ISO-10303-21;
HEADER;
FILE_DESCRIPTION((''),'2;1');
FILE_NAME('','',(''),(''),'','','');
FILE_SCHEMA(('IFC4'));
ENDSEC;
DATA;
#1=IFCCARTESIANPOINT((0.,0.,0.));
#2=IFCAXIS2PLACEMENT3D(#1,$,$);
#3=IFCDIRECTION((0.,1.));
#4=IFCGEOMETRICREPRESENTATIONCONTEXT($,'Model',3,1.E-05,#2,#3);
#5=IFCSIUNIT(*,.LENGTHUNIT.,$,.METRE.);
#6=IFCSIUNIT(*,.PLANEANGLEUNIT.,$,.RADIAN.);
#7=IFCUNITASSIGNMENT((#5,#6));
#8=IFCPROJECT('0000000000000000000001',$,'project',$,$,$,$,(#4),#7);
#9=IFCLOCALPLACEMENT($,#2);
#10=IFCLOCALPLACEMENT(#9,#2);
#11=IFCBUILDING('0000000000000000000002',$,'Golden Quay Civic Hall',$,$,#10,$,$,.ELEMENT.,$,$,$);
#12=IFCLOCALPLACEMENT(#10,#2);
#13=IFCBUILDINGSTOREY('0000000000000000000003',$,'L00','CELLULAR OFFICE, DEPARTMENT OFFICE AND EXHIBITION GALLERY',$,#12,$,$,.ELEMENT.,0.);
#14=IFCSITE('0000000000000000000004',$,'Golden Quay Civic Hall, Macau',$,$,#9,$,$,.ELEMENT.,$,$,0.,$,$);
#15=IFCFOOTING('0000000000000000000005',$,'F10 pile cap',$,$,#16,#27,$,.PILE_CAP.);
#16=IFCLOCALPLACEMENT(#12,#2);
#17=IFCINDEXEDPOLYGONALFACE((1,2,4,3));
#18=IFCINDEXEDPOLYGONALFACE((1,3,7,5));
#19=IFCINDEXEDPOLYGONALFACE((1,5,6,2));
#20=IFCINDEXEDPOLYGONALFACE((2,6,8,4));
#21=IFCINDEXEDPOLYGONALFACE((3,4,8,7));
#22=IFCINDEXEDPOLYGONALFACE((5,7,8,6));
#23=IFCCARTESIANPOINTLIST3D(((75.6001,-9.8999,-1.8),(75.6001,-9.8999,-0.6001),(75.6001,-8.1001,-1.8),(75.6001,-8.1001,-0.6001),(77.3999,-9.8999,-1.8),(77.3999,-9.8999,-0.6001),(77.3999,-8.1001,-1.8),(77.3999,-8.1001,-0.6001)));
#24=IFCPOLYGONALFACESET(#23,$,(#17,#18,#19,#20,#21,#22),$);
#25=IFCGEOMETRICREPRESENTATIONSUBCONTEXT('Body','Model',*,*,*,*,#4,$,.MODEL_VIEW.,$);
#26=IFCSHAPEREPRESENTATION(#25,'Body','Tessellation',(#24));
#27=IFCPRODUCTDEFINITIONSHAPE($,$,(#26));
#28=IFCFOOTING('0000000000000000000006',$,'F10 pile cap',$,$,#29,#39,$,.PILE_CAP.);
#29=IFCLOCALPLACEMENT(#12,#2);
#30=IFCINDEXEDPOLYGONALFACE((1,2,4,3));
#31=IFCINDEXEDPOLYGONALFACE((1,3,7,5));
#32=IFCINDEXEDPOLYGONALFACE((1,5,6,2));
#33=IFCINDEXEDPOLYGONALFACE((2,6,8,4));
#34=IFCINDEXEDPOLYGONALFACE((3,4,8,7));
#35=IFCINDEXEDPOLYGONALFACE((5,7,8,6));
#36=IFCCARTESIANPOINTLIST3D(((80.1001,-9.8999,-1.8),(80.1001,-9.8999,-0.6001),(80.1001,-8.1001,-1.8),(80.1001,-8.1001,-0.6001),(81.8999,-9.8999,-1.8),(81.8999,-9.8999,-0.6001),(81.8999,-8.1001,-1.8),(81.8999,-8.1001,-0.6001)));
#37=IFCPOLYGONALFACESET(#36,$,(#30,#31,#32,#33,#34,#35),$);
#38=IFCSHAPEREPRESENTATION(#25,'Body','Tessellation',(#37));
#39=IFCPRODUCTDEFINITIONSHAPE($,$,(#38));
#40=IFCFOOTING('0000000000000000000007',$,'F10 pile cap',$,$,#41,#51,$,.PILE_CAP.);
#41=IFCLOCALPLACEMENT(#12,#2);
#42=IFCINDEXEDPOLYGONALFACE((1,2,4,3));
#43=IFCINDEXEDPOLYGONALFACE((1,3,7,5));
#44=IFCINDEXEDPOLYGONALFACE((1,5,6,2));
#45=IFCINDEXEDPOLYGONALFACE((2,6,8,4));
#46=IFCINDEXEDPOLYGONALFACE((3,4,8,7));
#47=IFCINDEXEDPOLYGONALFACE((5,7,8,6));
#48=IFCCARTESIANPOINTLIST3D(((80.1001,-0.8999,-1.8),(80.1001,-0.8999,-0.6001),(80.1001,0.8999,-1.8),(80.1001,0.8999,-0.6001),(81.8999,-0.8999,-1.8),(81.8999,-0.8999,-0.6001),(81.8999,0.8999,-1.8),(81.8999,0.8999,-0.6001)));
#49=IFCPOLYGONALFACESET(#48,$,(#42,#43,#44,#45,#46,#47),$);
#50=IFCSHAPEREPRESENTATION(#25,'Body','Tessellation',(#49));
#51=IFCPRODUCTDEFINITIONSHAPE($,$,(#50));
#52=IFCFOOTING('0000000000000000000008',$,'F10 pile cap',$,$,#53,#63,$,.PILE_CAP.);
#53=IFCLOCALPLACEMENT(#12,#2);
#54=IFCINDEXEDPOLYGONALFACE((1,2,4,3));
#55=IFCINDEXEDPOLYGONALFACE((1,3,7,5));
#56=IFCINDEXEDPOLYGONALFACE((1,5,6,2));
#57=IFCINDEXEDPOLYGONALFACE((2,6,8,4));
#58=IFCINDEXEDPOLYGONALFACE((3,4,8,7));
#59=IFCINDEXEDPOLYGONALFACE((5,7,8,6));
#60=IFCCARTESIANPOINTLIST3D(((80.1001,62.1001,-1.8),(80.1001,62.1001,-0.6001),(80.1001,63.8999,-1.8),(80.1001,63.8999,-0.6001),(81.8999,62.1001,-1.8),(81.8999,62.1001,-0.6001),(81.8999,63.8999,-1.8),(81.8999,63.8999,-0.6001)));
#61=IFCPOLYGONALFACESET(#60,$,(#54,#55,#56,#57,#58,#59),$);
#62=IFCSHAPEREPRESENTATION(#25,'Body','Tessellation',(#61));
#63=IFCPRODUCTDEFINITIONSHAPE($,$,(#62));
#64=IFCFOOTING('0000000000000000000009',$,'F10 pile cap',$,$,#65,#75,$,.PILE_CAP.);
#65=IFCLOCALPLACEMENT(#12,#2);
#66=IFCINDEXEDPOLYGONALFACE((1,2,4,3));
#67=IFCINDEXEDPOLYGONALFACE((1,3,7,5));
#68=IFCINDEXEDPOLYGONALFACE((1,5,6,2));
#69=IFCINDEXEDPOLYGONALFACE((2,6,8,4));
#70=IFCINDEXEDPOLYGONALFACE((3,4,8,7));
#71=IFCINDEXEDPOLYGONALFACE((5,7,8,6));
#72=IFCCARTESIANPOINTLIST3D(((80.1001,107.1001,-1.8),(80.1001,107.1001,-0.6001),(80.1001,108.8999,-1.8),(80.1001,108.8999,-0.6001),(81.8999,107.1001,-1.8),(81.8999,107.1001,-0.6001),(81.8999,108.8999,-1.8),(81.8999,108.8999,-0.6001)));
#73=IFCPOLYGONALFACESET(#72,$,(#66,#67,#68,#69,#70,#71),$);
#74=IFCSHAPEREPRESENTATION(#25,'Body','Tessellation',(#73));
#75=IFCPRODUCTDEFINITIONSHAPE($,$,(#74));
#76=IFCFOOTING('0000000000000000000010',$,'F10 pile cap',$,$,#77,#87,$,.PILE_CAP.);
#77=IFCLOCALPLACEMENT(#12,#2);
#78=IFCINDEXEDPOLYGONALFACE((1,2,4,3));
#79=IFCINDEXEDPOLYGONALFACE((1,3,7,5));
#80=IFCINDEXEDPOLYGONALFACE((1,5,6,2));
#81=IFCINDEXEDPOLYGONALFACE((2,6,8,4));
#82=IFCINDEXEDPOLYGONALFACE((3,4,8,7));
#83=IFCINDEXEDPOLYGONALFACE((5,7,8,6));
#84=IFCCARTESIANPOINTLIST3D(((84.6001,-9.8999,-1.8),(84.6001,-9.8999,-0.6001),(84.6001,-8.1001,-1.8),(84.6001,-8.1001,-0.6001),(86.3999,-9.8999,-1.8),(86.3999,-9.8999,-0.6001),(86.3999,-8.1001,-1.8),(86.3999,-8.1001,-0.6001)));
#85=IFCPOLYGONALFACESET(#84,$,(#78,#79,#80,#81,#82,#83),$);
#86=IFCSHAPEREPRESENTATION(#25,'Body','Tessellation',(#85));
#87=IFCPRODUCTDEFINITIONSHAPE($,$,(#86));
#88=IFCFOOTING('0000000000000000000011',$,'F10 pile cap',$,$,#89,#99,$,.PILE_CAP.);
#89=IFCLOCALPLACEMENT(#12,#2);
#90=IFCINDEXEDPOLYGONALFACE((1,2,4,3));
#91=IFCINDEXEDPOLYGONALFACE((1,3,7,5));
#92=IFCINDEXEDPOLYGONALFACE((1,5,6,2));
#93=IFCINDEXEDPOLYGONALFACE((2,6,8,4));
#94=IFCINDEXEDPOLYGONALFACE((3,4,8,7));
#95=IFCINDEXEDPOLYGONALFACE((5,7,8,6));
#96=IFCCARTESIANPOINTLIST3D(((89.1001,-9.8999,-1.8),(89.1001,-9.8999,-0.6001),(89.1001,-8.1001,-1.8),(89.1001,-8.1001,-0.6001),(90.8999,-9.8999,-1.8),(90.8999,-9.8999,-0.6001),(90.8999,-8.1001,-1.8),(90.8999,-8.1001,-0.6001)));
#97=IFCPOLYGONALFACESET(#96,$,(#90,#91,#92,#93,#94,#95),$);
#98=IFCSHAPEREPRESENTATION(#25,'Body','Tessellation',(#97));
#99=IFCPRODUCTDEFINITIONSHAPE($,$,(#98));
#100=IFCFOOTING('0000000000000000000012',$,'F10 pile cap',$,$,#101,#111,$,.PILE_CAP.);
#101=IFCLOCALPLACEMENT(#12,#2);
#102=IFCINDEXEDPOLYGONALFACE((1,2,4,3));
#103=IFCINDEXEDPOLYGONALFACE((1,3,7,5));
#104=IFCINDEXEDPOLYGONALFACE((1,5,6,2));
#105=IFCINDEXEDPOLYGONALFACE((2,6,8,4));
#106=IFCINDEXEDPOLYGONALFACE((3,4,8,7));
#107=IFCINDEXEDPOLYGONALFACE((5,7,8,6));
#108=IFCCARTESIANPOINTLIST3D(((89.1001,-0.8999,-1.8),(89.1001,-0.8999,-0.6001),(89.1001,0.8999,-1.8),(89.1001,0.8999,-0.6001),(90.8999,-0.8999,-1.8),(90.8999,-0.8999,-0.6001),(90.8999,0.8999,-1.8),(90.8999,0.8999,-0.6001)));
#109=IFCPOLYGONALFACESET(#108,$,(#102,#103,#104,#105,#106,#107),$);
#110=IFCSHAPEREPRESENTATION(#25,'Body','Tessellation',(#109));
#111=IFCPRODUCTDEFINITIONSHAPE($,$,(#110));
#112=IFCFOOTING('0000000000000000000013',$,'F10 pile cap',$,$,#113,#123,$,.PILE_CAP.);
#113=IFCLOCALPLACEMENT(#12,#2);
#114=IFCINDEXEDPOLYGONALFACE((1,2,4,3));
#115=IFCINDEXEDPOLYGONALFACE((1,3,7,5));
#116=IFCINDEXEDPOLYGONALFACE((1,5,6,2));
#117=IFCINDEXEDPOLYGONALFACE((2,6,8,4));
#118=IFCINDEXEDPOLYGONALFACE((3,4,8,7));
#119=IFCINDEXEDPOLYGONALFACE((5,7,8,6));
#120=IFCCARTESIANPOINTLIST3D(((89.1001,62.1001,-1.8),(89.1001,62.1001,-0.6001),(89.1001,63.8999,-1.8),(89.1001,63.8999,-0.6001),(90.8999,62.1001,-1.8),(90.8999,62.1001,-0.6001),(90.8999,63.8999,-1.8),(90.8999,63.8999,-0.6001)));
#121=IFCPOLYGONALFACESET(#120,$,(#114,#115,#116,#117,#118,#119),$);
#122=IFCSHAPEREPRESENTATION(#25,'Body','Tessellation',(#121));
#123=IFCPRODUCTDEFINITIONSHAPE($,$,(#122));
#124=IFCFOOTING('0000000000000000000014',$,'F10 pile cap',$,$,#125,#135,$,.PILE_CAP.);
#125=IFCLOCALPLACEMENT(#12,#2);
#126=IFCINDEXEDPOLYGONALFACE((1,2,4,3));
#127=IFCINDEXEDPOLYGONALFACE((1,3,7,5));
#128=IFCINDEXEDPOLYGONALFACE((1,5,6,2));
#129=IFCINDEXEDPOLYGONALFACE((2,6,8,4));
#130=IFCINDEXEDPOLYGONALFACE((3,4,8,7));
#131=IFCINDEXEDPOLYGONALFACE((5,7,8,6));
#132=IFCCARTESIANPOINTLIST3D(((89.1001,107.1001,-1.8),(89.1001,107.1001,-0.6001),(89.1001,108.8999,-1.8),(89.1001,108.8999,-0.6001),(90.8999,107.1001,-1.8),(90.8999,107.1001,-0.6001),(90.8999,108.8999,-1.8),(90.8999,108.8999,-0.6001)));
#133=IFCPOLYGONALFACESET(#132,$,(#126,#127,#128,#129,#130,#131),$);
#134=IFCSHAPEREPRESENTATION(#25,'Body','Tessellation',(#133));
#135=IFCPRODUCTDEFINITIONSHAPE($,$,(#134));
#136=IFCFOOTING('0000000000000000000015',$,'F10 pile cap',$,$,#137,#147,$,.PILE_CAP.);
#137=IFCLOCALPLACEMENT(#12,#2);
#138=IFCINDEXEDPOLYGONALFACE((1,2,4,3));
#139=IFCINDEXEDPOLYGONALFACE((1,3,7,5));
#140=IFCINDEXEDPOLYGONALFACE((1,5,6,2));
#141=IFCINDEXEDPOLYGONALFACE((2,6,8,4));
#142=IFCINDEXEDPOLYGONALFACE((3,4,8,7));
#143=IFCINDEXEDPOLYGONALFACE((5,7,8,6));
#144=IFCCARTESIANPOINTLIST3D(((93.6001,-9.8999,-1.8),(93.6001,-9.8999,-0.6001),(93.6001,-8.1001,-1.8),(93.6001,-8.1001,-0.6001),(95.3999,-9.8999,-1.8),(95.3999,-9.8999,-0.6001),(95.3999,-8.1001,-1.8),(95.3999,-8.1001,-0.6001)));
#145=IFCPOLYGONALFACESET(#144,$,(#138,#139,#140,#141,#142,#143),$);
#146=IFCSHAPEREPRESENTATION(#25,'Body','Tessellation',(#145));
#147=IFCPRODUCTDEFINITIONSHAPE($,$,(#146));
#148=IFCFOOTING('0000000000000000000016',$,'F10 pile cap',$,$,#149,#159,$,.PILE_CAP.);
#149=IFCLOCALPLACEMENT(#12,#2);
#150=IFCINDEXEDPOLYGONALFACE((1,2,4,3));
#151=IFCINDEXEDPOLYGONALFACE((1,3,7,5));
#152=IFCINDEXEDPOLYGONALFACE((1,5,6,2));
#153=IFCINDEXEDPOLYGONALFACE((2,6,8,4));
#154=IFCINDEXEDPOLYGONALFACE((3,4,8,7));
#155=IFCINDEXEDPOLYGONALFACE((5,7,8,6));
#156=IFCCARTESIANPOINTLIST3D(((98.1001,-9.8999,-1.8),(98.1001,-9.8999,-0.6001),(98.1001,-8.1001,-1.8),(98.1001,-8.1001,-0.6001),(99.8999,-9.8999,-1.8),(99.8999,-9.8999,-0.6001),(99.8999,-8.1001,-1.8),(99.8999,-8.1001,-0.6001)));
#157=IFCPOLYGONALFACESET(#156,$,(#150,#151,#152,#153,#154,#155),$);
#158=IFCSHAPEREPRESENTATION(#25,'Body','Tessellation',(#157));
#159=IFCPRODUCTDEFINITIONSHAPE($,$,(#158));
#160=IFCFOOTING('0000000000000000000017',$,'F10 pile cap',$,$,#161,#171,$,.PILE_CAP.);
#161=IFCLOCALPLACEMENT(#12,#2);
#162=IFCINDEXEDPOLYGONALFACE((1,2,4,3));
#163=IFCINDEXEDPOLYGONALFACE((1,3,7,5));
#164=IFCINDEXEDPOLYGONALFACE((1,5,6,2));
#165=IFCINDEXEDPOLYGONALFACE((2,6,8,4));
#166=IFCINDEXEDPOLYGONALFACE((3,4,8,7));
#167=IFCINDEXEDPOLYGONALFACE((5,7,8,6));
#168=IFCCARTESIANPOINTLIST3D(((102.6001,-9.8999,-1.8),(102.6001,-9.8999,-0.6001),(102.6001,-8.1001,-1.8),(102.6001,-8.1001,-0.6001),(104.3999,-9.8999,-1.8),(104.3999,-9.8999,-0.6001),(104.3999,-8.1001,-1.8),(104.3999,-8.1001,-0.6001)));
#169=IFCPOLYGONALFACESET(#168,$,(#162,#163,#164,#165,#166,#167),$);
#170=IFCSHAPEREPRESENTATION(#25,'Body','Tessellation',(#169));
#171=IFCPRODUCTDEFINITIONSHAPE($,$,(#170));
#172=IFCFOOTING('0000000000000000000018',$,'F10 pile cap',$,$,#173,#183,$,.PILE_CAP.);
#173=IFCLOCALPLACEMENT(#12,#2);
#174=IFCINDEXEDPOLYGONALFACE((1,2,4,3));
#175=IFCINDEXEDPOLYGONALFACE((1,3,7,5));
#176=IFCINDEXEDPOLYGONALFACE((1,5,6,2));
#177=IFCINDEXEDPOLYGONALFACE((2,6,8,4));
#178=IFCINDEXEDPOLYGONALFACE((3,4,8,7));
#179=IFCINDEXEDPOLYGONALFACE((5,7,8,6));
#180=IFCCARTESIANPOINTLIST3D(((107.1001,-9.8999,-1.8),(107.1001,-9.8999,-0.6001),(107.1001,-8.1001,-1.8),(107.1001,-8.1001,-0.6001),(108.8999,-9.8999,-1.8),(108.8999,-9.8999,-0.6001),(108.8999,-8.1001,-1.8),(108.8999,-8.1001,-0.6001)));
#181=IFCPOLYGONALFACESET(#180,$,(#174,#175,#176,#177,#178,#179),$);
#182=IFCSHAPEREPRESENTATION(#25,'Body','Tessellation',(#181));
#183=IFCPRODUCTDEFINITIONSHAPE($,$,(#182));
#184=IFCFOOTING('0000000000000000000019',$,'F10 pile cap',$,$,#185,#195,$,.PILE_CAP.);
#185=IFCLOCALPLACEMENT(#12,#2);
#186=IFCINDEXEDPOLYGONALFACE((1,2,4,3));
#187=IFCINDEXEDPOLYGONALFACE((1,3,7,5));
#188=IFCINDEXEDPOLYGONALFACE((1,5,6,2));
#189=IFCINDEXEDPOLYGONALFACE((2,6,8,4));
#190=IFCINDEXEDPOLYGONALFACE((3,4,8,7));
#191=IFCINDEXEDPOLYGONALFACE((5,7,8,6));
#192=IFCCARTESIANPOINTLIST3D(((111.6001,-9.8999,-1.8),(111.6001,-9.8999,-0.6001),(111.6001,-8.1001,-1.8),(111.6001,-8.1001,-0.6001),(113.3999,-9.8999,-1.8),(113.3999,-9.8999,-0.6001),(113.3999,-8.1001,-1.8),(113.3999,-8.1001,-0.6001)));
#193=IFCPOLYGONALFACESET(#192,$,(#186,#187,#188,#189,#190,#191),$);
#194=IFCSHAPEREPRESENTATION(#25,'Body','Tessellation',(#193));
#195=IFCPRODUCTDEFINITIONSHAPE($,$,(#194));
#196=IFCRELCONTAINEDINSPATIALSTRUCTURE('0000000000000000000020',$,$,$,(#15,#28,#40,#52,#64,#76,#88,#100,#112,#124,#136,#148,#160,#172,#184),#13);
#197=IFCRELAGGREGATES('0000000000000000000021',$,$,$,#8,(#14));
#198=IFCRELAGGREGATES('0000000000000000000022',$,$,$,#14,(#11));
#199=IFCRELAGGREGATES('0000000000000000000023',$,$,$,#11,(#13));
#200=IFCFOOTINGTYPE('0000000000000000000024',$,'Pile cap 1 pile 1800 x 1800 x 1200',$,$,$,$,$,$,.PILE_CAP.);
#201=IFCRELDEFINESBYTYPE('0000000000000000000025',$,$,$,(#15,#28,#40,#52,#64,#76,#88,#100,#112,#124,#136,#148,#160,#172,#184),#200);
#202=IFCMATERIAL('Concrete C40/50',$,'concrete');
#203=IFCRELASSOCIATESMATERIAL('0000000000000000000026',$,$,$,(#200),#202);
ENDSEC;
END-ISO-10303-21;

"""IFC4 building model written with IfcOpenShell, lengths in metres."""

from ifc_helpers import new_model, si_unit, direction, frame, origin, place, context, subcontext, project, spatial, polyline, outline, extrude, material, type_object, element, save


model = new_model("IFC4")

# Units and contexts
model_context = context("Model", 3, precision=1e-05, world=origin(), true_north=direction((0.0, 1.0)))
body_context = subcontext(model_context, "Body", "Model", "MODEL_VIEW")
ifc_project = project(units=[si_unit("LENGTHUNIT", "METRE"), si_unit("PLANEANGLEUNIT", "RADIAN")], contexts=[model_context])

# Site, building, storey
site_placement = place(None, origin())
site = spatial("IfcSite", under=ifc_project, at=site_placement, Name="Golden Quay Civic Hall, Macau", CompositionType="ELEMENT", RefElevation=0.0)
building_placement = place(site_placement, origin())
building = spatial("IfcBuilding", under=site, at=building_placement, Name="Golden Quay Civic Hall", CompositionType="ELEMENT")
storey_placement = place(building_placement, origin())
storey = spatial("IfcBuildingStorey", under=building, at=storey_placement, Name="L00", Description="CELLULAR OFFICE, DEPARTMENT OFFICE AND EXHIBITION GALLERY", CompositionType="ELEMENT", Elevation=0.0)

# Footings
ifc_material_1 = material(Name="Concrete C40/50", Category="concrete")
footing_type = type_object("IfcFootingType", Name="Pile cap 1 pile 1800 x 1800 x 1200", PredefinedType="PILE_CAP", material=ifc_material_1)
footing_1_placement = place(storey_placement, frame((0.0, 0.0, -1.8)))
element("IfcFooting", 1, at=footing_1_placement, inside=storey, type_object=footing_type, Name="F10 pile cap", PredefinedType="PILE_CAP", context=body_context, shape_type="SweptSolid", body=[
    extrude(outline(polyline([(77.3999, -9.8999), (77.3999, -8.1001), (75.6001, -8.1001), (75.6001, -9.8999), (77.3999, -9.8999)])), origin(), (0.0, 0.0, 1.0), 1.2),
])
footing_2_placement = place(storey_placement, frame((0.0, 0.0, -1.8)))
element("IfcFooting", 2, at=footing_2_placement, inside=storey, type_object=footing_type, Name="F10 pile cap", PredefinedType="PILE_CAP", context=body_context, shape_type="SweptSolid", body=[
    extrude(outline(polyline([(81.8999, -9.8999), (81.8999, -8.1001), (80.1001, -8.1001), (80.1001, -9.8999), (81.8999, -9.8999)])), origin(), (0.0, 0.0, 1.0), 1.2),
])
footing_3_placement = place(storey_placement, frame((0.0, 0.0, -1.8)))
element("IfcFooting", 3, at=footing_3_placement, inside=storey, type_object=footing_type, Name="F10 pile cap", PredefinedType="PILE_CAP", context=body_context, shape_type="SweptSolid", body=[
    extrude(outline(polyline([(81.8999, -0.8999), (81.8999, 0.8999), (80.1001, 0.8999), (80.1001, -0.8999), (81.8999, -0.8999)])), origin(), (0.0, 0.0, 1.0), 1.2),
])
footing_4_placement = place(storey_placement, frame((0.0, 0.0, -1.8)))
element("IfcFooting", 4, at=footing_4_placement, inside=storey, type_object=footing_type, Name="F10 pile cap", PredefinedType="PILE_CAP", context=body_context, shape_type="SweptSolid", body=[
    extrude(outline(polyline([(81.8999, 62.1001), (81.8999, 63.8999), (80.1001, 63.8999), (80.1001, 62.1001), (81.8999, 62.1001)])), origin(), (0.0, 0.0, 1.0), 1.2),
])
footing_5_placement = place(storey_placement, frame((0.0, 0.0, -1.8)))
element("IfcFooting", 5, at=footing_5_placement, inside=storey, type_object=footing_type, Name="F10 pile cap", PredefinedType="PILE_CAP", context=body_context, shape_type="SweptSolid", body=[
    extrude(outline(polyline([(81.8999, 107.1001), (81.8999, 108.8999), (80.1001, 108.8999), (80.1001, 107.1001), (81.8999, 107.1001)])), origin(), (0.0, 0.0, 1.0), 1.2),
])
footing_6_placement = place(storey_placement, frame((0.0, 0.0, -1.8)))
element("IfcFooting", 6, at=footing_6_placement, inside=storey, type_object=footing_type, Name="F10 pile cap", PredefinedType="PILE_CAP", context=body_context, shape_type="SweptSolid", body=[
    extrude(outline(polyline([(86.3999, -9.8999), (86.3999, -8.1001), (84.6001, -8.1001), (84.6001, -9.8999), (86.3999, -9.8999)])), origin(), (0.0, 0.0, 1.0), 1.2),
])
footing_7_placement = place(storey_placement, frame((0.0, 0.0, -1.8)))
element("IfcFooting", 7, at=footing_7_placement, inside=storey, type_object=footing_type, Name="F10 pile cap", PredefinedType="PILE_CAP", context=body_context, shape_type="SweptSolid", body=[
    extrude(outline(polyline([(90.8999, -9.8999), (90.8999, -8.1001), (89.1001, -8.1001), (89.1001, -9.8999), (90.8999, -9.8999)])), origin(), (0.0, 0.0, 1.0), 1.2),
])
footing_8_placement = place(storey_placement, frame((0.0, 0.0, -1.8)))
element("IfcFooting", 8, at=footing_8_placement, inside=storey, type_object=footing_type, Name="F10 pile cap", PredefinedType="PILE_CAP", context=body_context, shape_type="SweptSolid", body=[
    extrude(outline(polyline([(90.8999, -0.8999), (90.8999, 0.8999), (89.1001, 0.8999), (89.1001, -0.8999), (90.8999, -0.8999)])), origin(), (0.0, 0.0, 1.0), 1.2),
])
footing_9_placement = place(storey_placement, frame((0.0, 0.0, -1.8)))
element("IfcFooting", 9, at=footing_9_placement, inside=storey, type_object=footing_type, Name="F10 pile cap", PredefinedType="PILE_CAP", context=body_context, shape_type="SweptSolid", body=[
    extrude(outline(polyline([(90.8999, 62.1001), (90.8999, 63.8999), (89.1001, 63.8999), (89.1001, 62.1001), (90.8999, 62.1001)])), origin(), (0.0, 0.0, 1.0), 1.2),
])
footing_10_placement = place(storey_placement, frame((0.0, 0.0, -1.8)))
element("IfcFooting", 10, at=footing_10_placement, inside=storey, type_object=footing_type, Name="F10 pile cap", PredefinedType="PILE_CAP", context=body_context, shape_type="SweptSolid", body=[
    extrude(outline(polyline([(90.8999, 107.1001), (90.8999, 108.8999), (89.1001, 108.8999), (89.1001, 107.1001), (90.8999, 107.1001)])), origin(), (0.0, 0.0, 1.0), 1.2),
])
footing_11_placement = place(storey_placement, frame((0.0, 0.0, -1.8)))
element("IfcFooting", 11, at=footing_11_placement, inside=storey, type_object=footing_type, Name="F10 pile cap", PredefinedType="PILE_CAP", context=body_context, shape_type="SweptSolid", body=[
    extrude(outline(polyline([(95.3999, -9.8999), (95.3999, -8.1001), (93.6001, -8.1001), (93.6001, -9.8999), (95.3999, -9.8999)])), origin(), (0.0, 0.0, 1.0), 1.2),
])
footing_12_placement = place(storey_placement, frame((0.0, 0.0, -1.8)))
element("IfcFooting", 12, at=footing_12_placement, inside=storey, type_object=footing_type, Name="F10 pile cap", PredefinedType="PILE_CAP", context=body_context, shape_type="SweptSolid", body=[
    extrude(outline(polyline([(99.8999, -9.8999), (99.8999, -8.1001), (98.1001, -8.1001), (98.1001, -9.8999), (99.8999, -9.8999)])), origin(), (0.0, 0.0, 1.0), 1.2),
])
footing_13_placement = place(storey_placement, frame((0.0, 0.0, -1.8)))
element("IfcFooting", 13, at=footing_13_placement, inside=storey, type_object=footing_type, Name="F10 pile cap", PredefinedType="PILE_CAP", context=body_context, shape_type="SweptSolid", body=[
    extrude(outline(polyline([(104.3999, -9.8999), (104.3999, -8.1001), (102.6001, -8.1001), (102.6001, -9.8999), (104.3999, -9.8999)])), origin(), (0.0, 0.0, 1.0), 1.2),
])
footing_14_placement = place(storey_placement, frame((0.0, 0.0, -1.8)))
element("IfcFooting", 14, at=footing_14_placement, inside=storey, type_object=footing_type, Name="F10 pile cap", PredefinedType="PILE_CAP", context=body_context, shape_type="SweptSolid", body=[
    extrude(outline(polyline([(108.8999, -9.8999), (108.8999, -8.1001), (107.1001, -8.1001), (107.1001, -9.8999), (108.8999, -9.8999)])), origin(), (0.0, 0.0, 1.0), 1.2),
])
footing_15_placement = place(storey_placement, frame((0.0, 0.0, -1.8)))
element("IfcFooting", 15, at=footing_15_placement, inside=storey, type_object=footing_type, Name="F10 pile cap", PredefinedType="PILE_CAP", context=body_context, shape_type="SweptSolid", body=[
    extrude(outline(polyline([(113.3999, -9.8999), (113.3999, -8.1001), (111.6001, -8.1001), (111.6001, -9.8999), (113.3999, -9.8999)])), origin(), (0.0, 0.0, 1.0), 1.2),
])

save(model, "model.ifc")
